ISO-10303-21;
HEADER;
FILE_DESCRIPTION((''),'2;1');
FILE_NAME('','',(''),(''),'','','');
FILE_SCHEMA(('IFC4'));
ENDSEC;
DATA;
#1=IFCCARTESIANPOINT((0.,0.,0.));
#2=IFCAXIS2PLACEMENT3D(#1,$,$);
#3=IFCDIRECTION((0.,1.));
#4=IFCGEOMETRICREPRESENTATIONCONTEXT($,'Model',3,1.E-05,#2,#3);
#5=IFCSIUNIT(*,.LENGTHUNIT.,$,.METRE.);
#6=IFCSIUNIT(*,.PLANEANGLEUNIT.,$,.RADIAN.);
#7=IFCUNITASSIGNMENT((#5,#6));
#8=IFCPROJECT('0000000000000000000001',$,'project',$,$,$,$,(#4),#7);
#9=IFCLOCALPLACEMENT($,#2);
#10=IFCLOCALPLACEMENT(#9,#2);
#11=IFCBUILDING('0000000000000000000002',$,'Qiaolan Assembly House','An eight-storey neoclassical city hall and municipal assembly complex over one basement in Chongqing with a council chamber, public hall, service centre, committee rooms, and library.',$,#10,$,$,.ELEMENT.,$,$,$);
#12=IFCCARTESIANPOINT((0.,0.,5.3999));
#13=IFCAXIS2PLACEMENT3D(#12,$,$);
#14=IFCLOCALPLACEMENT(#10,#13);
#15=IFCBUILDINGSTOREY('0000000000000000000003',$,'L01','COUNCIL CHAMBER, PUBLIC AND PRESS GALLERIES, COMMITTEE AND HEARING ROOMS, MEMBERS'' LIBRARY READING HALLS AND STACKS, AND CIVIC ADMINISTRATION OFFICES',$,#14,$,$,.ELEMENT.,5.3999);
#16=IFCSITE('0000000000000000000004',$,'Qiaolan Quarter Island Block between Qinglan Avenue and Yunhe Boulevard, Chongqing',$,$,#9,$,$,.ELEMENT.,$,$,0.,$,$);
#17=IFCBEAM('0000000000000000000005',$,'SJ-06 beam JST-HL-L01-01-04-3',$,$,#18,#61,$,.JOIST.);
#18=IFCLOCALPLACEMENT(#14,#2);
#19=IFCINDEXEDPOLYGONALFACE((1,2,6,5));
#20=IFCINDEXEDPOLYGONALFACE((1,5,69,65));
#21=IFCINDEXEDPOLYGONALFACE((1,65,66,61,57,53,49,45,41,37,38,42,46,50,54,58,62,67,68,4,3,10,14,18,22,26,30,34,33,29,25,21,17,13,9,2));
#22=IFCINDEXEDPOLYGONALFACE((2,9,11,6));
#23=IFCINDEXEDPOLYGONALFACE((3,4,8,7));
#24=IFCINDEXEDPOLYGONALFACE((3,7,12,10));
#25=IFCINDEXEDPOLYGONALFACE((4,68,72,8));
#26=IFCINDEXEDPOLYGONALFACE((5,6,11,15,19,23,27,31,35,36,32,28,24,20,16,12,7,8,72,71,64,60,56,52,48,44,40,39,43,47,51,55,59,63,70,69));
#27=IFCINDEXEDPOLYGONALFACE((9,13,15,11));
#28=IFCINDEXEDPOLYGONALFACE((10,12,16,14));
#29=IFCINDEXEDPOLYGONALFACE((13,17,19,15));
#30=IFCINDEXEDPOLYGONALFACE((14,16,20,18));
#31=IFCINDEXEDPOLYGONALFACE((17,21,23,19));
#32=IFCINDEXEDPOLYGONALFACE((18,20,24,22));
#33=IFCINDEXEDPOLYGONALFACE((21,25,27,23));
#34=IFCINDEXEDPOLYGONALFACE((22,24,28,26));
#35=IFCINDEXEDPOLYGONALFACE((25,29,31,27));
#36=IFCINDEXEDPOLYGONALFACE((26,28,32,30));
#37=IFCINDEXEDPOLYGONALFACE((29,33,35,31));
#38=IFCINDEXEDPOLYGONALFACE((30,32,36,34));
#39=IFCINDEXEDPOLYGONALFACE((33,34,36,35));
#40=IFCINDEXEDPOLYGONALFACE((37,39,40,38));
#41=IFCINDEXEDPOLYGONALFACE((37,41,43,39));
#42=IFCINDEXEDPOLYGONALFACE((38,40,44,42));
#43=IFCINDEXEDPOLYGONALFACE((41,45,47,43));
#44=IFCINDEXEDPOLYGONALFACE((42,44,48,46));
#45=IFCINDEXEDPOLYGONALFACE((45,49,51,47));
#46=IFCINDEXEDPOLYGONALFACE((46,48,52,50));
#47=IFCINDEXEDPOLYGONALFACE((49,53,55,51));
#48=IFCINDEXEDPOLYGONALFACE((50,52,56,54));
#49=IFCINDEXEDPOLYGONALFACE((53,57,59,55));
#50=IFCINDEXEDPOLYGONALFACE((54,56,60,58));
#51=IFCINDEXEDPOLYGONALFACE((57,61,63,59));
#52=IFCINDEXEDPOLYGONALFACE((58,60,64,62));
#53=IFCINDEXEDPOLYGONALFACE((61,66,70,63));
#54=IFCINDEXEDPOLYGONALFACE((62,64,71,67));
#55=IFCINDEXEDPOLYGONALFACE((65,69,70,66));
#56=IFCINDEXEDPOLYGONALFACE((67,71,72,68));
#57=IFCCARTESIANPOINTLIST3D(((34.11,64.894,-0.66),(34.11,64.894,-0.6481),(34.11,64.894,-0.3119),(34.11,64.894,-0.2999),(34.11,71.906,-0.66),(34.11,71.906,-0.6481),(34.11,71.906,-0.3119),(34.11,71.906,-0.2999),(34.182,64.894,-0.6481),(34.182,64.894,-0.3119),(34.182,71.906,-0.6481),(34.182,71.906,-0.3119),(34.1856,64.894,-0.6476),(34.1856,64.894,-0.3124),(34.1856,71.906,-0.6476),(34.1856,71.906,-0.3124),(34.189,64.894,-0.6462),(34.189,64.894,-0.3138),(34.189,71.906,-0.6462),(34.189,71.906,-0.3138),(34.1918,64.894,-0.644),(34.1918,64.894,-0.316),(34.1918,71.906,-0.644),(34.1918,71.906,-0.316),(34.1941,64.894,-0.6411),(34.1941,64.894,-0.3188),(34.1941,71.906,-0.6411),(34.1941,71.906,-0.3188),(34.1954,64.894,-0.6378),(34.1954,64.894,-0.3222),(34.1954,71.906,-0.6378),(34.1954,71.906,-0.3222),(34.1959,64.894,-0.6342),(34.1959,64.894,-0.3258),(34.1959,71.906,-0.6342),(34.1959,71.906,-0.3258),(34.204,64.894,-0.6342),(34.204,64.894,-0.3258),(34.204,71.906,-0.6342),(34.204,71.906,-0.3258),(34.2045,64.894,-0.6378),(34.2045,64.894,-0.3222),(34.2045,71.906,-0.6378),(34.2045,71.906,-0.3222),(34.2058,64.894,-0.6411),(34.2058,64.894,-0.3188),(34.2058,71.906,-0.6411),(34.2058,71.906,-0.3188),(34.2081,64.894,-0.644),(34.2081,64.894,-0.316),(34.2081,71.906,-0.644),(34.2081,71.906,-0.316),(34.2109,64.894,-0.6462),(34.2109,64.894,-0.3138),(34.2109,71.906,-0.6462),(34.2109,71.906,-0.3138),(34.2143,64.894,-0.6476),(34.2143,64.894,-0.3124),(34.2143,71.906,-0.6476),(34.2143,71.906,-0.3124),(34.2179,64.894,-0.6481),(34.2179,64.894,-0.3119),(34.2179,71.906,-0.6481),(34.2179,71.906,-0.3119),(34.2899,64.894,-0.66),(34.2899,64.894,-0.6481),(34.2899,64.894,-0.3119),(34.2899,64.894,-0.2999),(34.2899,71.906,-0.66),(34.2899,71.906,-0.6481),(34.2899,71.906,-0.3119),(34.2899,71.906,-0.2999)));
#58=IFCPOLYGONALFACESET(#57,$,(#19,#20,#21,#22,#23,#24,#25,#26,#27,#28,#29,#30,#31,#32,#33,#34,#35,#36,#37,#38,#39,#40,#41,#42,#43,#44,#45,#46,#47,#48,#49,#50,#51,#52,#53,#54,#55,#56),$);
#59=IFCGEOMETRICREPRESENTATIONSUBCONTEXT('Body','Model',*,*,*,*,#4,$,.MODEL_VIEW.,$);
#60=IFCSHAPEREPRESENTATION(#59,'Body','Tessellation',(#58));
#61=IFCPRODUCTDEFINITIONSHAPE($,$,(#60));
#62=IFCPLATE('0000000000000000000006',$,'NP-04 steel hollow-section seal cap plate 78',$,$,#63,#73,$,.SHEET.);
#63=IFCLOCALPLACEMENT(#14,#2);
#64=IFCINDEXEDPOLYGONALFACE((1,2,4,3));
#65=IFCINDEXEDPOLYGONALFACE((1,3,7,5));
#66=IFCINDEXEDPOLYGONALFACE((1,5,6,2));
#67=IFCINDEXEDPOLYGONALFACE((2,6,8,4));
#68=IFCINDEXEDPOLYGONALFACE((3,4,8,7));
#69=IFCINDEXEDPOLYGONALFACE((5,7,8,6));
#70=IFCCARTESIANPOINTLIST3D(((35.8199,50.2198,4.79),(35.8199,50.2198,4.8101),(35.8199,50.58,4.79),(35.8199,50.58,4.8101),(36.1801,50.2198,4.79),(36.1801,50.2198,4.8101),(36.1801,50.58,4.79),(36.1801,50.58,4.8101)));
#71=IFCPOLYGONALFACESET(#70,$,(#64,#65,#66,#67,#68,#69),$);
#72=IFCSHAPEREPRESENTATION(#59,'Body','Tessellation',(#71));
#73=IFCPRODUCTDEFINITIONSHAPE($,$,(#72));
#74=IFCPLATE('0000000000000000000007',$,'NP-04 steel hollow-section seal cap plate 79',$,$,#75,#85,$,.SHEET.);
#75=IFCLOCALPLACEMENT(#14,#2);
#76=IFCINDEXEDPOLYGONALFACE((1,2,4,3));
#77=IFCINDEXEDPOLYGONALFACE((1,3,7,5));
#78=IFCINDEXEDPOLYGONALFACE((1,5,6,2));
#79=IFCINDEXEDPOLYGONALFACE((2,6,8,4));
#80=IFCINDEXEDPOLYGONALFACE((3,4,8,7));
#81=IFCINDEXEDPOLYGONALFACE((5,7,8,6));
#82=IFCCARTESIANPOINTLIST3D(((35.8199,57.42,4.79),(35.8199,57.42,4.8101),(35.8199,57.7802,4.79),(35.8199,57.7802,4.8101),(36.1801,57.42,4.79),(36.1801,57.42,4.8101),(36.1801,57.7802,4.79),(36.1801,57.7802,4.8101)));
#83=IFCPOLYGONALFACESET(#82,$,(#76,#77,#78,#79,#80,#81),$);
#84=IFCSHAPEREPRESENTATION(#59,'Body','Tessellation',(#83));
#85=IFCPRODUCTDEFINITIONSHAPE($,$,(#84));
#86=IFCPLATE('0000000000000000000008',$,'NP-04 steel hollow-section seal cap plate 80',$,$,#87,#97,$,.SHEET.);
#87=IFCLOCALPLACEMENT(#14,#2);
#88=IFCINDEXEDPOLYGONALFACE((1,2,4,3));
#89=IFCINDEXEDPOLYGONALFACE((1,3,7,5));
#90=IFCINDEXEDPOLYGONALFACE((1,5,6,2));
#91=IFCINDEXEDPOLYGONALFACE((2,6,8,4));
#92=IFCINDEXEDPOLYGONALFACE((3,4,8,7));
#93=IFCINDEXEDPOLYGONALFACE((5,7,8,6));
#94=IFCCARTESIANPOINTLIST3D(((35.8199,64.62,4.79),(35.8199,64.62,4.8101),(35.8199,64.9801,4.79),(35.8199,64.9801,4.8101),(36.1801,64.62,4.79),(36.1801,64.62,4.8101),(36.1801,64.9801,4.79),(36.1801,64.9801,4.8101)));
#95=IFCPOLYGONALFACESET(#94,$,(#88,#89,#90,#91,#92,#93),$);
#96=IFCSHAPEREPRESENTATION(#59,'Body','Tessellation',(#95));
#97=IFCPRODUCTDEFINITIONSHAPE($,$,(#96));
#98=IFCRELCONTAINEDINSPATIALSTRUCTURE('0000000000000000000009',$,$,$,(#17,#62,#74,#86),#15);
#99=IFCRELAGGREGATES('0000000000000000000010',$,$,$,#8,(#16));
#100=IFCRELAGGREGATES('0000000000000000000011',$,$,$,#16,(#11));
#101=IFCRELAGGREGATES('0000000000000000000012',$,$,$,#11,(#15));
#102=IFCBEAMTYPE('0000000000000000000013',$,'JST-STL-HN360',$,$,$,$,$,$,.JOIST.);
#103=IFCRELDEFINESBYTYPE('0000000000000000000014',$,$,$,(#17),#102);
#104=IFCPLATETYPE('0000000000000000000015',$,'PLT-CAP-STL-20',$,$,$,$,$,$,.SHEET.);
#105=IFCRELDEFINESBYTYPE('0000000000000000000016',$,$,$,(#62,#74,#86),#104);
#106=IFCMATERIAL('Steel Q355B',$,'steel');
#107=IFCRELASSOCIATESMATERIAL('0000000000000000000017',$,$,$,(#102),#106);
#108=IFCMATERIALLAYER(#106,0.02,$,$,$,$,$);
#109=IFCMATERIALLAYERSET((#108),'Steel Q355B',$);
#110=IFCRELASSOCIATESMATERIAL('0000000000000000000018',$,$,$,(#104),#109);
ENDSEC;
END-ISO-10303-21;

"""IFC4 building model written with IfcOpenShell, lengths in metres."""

from ifc_helpers import new_model, si_unit, direction, frame, origin, origin_2d, place, context, subcontext, project, spatial, rectangle, i_section, extrude, material, layer, layer_set, material_profile, profile_set, type_object, element, save


model = new_model("IFC4")

# Units and contexts
model_context = context("Model", 3, precision=1e-05, world=origin(), true_north=direction((0.0, 1.0)))
body_context = subcontext(model_context, "Body", "Model", "MODEL_VIEW")
ifc_project = project(units=[si_unit("LENGTHUNIT", "METRE"), si_unit("PLANEANGLEUNIT", "RADIAN")], contexts=[model_context])

# Site, building, storey
site_placement = place(None, origin())
site = spatial("IfcSite", under=ifc_project, at=site_placement, Name="Qiaolan Quarter Island Block between Qinglan Avenue and Yunhe Boulevard, Chongqing", CompositionType="ELEMENT", RefElevation=0.0)
building_placement = place(site_placement, origin())
building = spatial("IfcBuilding", under=site, at=building_placement, Name="Qiaolan Assembly House", Description="An eight-storey neoclassical city hall and municipal assembly complex over one basement in Chongqing with a council chamber, public hall, service centre, committee rooms, and library.", CompositionType="ELEMENT")
storey_placement = place(building_placement, frame((0.0, 0.0, 5.3999)))
storey = spatial("IfcBuildingStorey", under=building, at=storey_placement, Name="L01", Description="COUNCIL CHAMBER, PUBLIC AND PRESS GALLERIES, COMMITTEE AND HEARING ROOMS, MEMBERS' LIBRARY READING HALLS AND STACKS, AND CIVIC ADMINISTRATION OFFICES", CompositionType="ELEMENT", Elevation=5.3999)

# Shared definitions
ifc_material = material(Name="Steel Q355B", Category="steel")

# Beam
ifc_material_profile_1 = material_profile(ifc_material, i_section(OverallWidth=0.1799, OverallDepth=0.3601, WebThickness=0.0081, FlangeThickness=0.012, FilletRadius=0.0139, at=origin_2d()), Name="HN 360x180x8x12")
ifc_profile_set_1 = profile_set([ifc_material_profile_1], Name="Steel Q355B")
beam_type_1 = type_object("IfcBeamType", Name="JST-STL-HN360", PredefinedType="JOIST", material=ifc_profile_set_1)
for number, where, z_axis, x_axis, name in (
    (1, (34.2, 64.894, -0.48), (0.0, 1.0, 0.0), (-1.0, 0.0, 0.0), "SJ-06 beam JST-HL-L01-01-04-3"),
):
    element("IfcBeam", number, at=place(storey_placement, frame(where, z_axis=z_axis, x_axis=x_axis)), inside=storey, type_object=beam_type_1, Name=name, PredefinedType="JOIST", context=body_context, shape_type="SweptSolid", body=[
        extrude(i_section(OverallWidth=0.1799, OverallDepth=0.3601, WebThickness=0.0081, FlangeThickness=0.012, FilletRadius=0.0139, at=origin_2d()), origin(), (0.0, 0.0, 1.0), 7.012),
    ])

# Plates
ifc_layer = layer(ifc_material, 0.02)
ifc_layer_set = layer_set([ifc_layer], Name="Steel Q355B")
plate_type = type_object("IfcPlateType", Name="PLT-CAP-STL-20", PredefinedType="SHEET", material=ifc_layer_set)
for number, where, z_axis, x_axis, name in (
    (2, (36.0, 50.3999, 4.79), (0.0, 0.0, 1.0), (1.0, 0.0, 0.0), "NP-04 steel hollow-section seal cap plate 78"),
    (3, (36.0, 57.6001, 4.79), (0.0, 0.0, 1.0), (1.0, 0.0, 0.0), "NP-04 steel hollow-section seal cap plate 79"),
    (4, (36.0, 64.8, 4.79), (0.0, 0.0, 1.0), (1.0, 0.0, 0.0), "NP-04 steel hollow-section seal cap plate 80"),
):
    element("IfcPlate", number, at=place(storey_placement, frame(where, z_axis=z_axis, x_axis=x_axis)), inside=storey, type_object=plate_type, Name=name, PredefinedType="SHEET", context=body_context, shape_type="SweptSolid", body=[
        extrude(rectangle(XDim=0.3601, YDim=0.3601, at=origin_2d()), origin(), (0.0, 0.0, 1.0), 0.02),
    ])

save(model, "model.ifc")
